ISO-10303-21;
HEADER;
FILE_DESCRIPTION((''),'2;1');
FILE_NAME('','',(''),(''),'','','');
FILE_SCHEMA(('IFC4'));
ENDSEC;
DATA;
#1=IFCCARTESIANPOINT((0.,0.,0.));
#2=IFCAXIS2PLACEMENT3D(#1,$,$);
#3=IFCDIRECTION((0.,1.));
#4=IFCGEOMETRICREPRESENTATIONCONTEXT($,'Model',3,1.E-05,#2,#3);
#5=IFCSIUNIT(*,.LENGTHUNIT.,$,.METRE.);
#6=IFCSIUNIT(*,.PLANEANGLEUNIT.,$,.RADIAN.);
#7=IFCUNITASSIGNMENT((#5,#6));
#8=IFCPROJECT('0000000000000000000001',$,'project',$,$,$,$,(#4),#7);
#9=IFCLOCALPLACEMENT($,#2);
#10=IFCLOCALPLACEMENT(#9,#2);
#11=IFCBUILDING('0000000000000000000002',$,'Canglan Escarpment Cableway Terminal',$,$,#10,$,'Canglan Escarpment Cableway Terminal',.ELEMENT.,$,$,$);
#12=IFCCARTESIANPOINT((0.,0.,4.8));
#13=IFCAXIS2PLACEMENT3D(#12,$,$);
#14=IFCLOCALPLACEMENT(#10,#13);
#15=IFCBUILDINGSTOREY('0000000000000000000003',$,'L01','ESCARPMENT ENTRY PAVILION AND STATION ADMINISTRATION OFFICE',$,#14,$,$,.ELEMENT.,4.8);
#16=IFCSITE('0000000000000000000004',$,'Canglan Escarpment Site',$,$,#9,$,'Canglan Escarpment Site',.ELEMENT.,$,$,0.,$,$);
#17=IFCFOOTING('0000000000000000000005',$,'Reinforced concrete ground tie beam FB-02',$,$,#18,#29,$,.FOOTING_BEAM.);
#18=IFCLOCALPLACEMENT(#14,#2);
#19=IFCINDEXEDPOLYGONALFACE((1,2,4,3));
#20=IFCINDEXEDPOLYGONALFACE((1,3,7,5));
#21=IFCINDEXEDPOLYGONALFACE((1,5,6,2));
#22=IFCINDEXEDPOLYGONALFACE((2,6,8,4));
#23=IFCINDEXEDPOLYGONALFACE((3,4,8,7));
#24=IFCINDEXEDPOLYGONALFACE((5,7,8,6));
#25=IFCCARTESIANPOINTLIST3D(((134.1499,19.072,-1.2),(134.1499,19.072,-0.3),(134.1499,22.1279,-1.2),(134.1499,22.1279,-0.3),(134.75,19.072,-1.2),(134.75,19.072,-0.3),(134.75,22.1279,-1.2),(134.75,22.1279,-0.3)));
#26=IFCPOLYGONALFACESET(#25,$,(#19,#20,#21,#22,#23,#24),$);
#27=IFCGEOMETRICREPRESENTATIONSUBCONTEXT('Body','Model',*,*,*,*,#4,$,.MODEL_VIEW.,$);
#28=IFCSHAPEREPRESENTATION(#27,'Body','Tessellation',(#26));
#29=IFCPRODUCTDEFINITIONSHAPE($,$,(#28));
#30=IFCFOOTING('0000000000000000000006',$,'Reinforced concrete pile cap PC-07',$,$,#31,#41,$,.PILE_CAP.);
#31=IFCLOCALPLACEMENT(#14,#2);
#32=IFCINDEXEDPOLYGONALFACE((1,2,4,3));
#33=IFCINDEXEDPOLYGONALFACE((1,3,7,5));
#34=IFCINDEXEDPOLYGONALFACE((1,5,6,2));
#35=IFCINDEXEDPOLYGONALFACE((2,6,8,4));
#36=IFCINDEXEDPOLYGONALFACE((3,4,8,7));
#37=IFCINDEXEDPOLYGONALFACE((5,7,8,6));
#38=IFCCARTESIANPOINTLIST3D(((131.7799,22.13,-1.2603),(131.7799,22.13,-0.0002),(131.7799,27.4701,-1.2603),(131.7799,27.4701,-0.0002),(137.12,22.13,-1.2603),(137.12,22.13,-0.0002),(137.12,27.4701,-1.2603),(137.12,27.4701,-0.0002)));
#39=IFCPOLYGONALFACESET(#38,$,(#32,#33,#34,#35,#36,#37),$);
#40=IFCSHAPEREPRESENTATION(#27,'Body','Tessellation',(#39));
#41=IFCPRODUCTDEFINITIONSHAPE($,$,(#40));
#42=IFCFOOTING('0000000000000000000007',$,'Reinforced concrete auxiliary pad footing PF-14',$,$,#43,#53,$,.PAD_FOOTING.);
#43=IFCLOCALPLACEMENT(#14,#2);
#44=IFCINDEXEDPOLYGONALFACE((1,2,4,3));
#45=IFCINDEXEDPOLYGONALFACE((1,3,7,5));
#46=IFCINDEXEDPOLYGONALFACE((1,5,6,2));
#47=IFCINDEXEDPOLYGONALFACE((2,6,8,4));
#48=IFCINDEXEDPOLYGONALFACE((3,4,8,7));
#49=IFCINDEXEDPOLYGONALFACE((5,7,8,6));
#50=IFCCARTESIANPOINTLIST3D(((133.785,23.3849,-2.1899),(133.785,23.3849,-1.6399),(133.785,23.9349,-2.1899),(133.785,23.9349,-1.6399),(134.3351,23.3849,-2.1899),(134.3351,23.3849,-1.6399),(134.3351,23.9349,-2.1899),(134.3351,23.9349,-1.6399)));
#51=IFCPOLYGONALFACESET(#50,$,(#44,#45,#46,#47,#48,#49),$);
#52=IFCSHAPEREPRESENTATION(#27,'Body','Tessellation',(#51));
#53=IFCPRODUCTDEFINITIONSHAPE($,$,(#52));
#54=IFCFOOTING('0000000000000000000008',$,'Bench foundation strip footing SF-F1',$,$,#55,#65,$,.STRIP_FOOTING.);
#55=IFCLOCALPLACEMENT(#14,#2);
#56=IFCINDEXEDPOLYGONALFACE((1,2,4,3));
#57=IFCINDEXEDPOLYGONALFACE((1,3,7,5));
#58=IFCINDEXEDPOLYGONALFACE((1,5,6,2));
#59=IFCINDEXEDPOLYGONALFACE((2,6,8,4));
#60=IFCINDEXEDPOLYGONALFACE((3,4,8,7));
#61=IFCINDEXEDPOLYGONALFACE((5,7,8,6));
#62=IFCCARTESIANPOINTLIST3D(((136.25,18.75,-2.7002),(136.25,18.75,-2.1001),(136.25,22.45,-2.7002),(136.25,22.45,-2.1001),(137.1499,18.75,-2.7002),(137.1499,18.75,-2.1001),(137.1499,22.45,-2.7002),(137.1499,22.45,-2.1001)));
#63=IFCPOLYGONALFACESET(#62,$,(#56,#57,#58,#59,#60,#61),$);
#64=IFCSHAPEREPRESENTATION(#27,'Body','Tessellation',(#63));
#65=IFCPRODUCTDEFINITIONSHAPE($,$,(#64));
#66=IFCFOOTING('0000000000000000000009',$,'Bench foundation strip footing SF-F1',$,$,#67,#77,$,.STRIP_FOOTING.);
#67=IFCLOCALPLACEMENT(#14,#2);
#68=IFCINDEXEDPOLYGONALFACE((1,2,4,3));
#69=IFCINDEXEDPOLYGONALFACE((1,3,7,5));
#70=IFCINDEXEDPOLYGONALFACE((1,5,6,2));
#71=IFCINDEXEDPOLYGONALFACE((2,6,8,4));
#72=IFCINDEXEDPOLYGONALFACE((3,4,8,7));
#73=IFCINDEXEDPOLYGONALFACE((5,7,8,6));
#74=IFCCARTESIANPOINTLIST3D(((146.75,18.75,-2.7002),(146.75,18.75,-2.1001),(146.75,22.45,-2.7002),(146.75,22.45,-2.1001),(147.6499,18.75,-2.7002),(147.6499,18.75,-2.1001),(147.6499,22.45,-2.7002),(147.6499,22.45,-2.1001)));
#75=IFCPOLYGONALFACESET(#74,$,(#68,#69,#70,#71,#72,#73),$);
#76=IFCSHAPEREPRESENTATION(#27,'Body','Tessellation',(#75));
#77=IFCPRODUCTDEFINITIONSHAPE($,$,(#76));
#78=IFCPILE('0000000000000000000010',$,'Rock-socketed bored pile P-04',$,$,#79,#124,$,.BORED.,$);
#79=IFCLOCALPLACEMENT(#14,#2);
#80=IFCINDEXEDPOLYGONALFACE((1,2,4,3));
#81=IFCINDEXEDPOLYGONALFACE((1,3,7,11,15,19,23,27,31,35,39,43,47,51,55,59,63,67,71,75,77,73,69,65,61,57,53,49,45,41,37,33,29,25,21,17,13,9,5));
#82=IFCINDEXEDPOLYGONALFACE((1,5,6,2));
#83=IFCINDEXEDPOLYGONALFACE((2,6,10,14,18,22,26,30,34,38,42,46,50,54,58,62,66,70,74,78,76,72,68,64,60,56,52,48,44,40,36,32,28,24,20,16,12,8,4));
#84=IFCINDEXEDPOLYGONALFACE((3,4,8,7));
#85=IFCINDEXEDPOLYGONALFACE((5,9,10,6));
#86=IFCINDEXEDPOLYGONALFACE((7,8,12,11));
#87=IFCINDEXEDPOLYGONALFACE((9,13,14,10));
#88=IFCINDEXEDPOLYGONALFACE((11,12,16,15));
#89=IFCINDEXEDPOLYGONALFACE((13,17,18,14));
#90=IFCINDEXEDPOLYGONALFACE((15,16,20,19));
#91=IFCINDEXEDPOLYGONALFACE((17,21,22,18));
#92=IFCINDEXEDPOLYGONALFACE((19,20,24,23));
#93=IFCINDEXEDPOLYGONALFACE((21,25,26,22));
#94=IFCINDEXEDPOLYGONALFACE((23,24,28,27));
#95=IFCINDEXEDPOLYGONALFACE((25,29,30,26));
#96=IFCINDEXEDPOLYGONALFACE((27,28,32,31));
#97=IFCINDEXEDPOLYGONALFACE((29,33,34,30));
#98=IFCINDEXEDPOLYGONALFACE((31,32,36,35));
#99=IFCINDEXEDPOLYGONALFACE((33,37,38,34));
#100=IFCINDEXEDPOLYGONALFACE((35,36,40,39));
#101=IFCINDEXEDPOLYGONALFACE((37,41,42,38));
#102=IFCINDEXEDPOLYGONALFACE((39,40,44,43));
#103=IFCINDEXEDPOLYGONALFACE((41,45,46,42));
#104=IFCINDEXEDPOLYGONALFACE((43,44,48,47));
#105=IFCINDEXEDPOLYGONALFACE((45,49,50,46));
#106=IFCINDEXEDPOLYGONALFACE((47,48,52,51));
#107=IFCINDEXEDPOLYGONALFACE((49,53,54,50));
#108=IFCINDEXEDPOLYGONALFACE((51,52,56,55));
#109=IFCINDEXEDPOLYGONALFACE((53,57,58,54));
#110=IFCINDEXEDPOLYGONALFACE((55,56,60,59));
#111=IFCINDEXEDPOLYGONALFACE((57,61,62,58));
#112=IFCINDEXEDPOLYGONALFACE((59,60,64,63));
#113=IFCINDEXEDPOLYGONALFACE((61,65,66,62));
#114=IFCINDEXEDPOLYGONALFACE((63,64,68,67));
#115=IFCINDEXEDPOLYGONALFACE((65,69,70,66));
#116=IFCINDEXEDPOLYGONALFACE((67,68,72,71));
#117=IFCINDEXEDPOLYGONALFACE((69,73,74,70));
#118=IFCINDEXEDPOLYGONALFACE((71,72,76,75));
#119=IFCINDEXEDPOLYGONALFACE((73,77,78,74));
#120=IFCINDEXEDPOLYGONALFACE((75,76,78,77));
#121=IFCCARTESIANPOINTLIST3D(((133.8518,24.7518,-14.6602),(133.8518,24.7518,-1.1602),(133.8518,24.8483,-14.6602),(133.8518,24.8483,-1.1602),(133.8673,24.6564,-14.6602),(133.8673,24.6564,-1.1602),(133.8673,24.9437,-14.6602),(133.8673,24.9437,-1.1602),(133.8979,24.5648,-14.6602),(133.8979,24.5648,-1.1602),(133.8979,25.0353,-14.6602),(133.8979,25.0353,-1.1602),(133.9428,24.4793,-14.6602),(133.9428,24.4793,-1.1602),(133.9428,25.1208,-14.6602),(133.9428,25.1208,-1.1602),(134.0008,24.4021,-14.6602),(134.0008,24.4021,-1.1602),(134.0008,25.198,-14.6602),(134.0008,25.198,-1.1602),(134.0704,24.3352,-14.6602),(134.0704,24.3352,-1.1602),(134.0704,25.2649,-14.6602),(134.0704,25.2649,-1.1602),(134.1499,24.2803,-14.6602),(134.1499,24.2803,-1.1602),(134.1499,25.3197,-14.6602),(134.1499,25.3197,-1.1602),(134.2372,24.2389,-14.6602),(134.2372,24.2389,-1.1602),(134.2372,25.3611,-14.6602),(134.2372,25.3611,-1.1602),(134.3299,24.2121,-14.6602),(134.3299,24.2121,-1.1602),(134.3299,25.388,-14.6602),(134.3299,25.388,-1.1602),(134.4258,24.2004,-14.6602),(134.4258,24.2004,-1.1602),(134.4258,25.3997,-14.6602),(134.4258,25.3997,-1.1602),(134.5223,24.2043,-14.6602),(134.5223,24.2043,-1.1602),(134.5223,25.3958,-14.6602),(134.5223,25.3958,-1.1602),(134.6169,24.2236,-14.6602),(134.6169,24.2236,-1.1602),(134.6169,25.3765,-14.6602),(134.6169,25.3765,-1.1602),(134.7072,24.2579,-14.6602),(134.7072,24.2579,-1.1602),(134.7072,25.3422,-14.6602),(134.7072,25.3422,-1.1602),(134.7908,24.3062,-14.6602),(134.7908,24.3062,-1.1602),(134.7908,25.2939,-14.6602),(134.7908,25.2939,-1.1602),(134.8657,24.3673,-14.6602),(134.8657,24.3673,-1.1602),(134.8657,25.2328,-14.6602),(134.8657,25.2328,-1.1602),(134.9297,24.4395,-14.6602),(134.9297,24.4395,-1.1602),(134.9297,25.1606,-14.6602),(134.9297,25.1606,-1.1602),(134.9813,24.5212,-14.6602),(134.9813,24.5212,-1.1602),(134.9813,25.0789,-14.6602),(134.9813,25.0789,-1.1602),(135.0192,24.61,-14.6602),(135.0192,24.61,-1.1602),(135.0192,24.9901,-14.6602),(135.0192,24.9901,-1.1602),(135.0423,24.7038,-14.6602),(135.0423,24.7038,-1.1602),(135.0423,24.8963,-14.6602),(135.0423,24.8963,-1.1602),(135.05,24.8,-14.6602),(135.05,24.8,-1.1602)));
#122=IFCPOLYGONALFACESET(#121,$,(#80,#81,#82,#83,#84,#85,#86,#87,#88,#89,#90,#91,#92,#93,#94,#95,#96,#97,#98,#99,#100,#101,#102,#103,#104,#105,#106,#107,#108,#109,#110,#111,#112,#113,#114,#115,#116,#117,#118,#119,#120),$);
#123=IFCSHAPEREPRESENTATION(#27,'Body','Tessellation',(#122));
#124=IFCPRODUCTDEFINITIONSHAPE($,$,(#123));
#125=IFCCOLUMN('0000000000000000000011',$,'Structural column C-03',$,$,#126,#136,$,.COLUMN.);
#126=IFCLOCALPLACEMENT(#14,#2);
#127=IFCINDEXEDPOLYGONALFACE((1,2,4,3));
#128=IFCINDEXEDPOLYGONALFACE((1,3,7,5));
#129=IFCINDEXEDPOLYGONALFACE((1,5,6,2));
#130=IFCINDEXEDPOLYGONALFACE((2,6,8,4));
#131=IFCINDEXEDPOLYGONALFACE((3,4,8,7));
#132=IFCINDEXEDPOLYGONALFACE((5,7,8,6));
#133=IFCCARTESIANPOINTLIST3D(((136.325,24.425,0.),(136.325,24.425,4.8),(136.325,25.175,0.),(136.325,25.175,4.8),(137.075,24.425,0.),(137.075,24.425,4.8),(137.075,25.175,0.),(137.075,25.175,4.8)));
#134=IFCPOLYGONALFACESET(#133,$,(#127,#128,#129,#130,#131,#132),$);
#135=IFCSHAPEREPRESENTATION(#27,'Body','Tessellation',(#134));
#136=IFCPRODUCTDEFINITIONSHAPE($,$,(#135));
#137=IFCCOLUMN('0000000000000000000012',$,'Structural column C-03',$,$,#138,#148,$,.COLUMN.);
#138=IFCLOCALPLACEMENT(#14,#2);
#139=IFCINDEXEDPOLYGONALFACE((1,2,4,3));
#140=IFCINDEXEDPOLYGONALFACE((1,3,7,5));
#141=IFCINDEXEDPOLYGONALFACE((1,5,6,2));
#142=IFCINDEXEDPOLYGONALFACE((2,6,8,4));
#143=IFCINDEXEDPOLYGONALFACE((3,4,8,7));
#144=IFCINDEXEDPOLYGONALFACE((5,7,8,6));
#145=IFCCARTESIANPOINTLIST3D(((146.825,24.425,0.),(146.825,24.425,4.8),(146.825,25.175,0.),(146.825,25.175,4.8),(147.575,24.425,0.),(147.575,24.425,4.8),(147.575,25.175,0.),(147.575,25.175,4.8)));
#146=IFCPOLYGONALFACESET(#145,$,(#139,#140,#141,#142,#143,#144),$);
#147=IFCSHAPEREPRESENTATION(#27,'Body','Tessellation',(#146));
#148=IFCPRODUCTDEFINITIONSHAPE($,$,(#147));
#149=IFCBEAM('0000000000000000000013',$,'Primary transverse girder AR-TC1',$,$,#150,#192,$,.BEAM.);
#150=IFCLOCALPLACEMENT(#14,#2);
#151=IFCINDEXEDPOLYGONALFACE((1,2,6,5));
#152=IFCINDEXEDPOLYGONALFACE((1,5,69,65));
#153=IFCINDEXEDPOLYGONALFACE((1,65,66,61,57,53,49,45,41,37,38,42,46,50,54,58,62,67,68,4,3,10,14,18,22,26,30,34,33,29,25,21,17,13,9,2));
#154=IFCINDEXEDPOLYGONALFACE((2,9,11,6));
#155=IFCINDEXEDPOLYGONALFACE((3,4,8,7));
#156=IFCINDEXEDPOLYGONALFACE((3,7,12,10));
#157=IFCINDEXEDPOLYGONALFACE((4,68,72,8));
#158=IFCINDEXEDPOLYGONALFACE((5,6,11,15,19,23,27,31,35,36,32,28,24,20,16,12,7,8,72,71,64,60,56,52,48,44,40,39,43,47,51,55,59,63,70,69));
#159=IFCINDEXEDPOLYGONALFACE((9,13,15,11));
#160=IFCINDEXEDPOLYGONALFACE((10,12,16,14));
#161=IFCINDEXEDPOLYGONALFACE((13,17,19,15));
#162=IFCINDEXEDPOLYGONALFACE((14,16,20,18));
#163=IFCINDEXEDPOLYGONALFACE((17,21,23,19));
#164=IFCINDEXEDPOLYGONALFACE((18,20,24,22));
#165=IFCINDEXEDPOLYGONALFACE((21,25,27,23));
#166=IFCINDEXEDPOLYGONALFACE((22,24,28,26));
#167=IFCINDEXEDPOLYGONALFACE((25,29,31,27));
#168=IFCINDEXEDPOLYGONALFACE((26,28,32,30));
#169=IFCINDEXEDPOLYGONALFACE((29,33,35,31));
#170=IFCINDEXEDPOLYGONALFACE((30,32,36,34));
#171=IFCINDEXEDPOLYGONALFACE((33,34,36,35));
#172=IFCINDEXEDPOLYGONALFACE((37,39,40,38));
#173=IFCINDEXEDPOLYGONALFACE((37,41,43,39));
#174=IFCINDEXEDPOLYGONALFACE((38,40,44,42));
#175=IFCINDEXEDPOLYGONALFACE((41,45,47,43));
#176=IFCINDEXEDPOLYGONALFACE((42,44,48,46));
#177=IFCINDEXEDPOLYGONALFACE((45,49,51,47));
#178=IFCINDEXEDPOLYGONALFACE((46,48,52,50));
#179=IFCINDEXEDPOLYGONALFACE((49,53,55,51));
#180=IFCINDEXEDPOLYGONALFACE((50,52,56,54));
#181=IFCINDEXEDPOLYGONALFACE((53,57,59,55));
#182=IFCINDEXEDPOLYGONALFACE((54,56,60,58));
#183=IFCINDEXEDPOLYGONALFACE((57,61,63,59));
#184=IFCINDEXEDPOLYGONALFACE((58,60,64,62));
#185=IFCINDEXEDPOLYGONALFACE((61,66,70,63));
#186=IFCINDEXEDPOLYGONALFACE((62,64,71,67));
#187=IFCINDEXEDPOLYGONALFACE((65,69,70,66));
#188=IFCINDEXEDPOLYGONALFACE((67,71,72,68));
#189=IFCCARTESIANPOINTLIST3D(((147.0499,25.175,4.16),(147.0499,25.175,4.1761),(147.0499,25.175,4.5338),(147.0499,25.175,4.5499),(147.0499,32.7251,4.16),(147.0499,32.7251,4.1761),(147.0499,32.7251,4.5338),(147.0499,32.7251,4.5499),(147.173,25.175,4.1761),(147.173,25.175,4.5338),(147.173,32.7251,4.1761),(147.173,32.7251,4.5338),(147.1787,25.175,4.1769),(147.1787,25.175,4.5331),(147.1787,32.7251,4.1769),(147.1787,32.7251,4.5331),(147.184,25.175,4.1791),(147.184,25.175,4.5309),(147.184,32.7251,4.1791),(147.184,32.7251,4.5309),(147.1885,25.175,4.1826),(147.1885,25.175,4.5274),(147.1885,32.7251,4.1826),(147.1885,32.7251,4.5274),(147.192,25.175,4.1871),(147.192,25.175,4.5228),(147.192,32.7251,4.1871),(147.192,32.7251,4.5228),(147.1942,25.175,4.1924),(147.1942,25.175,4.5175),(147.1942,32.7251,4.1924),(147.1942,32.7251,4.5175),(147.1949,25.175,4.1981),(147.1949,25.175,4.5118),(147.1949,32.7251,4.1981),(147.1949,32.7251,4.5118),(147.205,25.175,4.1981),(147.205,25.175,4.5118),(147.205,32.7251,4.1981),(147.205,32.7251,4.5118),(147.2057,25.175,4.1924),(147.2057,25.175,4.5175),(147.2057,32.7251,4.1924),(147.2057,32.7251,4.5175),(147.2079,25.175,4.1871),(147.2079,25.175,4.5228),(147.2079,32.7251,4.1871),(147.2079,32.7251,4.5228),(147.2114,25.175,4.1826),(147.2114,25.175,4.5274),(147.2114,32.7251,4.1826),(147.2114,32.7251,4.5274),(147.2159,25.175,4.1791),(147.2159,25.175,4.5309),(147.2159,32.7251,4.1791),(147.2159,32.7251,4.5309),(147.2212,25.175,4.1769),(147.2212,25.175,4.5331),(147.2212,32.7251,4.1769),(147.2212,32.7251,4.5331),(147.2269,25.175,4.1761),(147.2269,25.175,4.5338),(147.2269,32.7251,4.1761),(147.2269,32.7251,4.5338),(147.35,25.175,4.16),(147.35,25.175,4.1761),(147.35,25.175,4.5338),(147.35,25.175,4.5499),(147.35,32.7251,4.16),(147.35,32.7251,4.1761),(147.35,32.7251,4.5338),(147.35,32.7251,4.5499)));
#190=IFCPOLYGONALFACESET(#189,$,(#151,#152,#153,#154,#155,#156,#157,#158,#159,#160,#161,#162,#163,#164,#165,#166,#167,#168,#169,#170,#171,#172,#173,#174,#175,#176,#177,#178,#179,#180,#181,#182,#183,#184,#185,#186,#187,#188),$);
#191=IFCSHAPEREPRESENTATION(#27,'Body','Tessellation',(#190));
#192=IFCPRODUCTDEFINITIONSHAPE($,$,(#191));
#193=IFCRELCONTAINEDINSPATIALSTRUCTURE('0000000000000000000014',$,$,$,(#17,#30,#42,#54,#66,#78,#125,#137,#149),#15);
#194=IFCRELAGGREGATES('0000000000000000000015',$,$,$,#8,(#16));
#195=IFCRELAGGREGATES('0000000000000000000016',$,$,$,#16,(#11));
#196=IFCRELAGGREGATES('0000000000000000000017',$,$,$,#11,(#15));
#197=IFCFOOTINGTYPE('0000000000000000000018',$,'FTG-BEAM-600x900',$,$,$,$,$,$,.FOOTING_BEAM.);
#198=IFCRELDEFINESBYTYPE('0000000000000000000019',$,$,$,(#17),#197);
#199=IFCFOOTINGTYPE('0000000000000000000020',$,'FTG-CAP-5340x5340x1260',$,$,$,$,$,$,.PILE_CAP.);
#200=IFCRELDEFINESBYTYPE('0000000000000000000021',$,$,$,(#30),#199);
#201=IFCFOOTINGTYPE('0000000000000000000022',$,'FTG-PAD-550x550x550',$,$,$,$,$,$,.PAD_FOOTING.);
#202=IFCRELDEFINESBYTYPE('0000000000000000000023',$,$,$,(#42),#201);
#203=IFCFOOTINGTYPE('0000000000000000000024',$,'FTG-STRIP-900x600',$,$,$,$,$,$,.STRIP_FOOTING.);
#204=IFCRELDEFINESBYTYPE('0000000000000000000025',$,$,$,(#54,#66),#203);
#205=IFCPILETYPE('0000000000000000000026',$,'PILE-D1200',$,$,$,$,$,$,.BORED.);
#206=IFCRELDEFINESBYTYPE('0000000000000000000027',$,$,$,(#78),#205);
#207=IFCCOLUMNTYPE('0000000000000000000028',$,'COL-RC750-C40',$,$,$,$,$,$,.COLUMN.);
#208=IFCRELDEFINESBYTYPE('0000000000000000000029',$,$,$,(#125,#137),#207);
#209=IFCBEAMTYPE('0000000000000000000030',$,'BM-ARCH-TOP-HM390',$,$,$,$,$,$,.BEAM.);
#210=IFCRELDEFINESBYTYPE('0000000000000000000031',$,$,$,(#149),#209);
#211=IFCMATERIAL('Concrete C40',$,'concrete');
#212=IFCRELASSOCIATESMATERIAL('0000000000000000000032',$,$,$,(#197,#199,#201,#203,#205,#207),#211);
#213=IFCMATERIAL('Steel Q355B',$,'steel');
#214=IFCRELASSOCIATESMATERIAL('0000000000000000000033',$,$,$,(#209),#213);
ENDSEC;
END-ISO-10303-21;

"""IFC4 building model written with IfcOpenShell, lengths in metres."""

from ifc_helpers import new_model, si_unit, direction, frame, origin, origin_2d, place, context, subcontext, project, spatial, rectangle, circle, i_section, extrude, material, material_profile, profile_set, type_object, element, save


model = new_model("IFC4")

# Units and contexts
model_context = context("Model", 3, precision=1e-05, world=origin(), true_north=direction((0.0, 1.0)))
body_context = subcontext(model_context, "Body", "Model", "MODEL_VIEW")
ifc_project = project(units=[si_unit("LENGTHUNIT", "METRE"), si_unit("PLANEANGLEUNIT", "RADIAN")], contexts=[model_context])

# Site, building, storey
site_placement = place(None, origin())
site = spatial("IfcSite", under=ifc_project, at=site_placement, Name="Canglan Escarpment Site", LongName="Canglan Escarpment Site", CompositionType="ELEMENT", RefElevation=0.0)
building_placement = place(site_placement, origin())
building = spatial("IfcBuilding", under=site, at=building_placement, Name="Canglan Escarpment Cableway Terminal", LongName="Canglan Escarpment Cableway Terminal", CompositionType="ELEMENT")
storey_placement = place(building_placement, frame((0.0, 0.0, 4.8)))
storey = spatial("IfcBuildingStorey", under=building, at=storey_placement, Name="L01", Description="ESCARPMENT ENTRY PAVILION AND STATION ADMINISTRATION OFFICE", CompositionType="ELEMENT", Elevation=4.8)

# Footings
ifc_material_1 = material(Name="Concrete C40", Category="concrete")
ifc_material_profile_1 = material_profile(ifc_material_1, rectangle(XDim=0.6001, YDim=0.8999, at=origin_2d()), Name="FB 600x900")
ifc_profile_set_1 = profile_set([ifc_material_profile_1], Name="Concrete C40")
footing_type_1 = type_object("IfcFootingType", Name="FTG-BEAM-600x900", PredefinedType="FOOTING_BEAM", material=ifc_profile_set_1)
footing_1_placement = place(storey_placement, frame((134.45, 19.072, -0.75), z_axis=(0.0, 1.0, 0.0), x_axis=(-1.0, 0.0, 0.0)))
element("IfcFooting", 1, at=footing_1_placement, inside=storey, type_object=footing_type_1, Name="Reinforced concrete ground tie beam FB-02", PredefinedType="FOOTING_BEAM", context=body_context, shape_type="SweptSolid", body=[
    extrude(rectangle(XDim=0.6001, YDim=0.8999, at=origin_2d()), origin(), (0.0, 0.0, 1.0), 3.0559),
])
footing_type_2 = type_object("IfcFootingType", Name="FTG-CAP-5340x5340x1260", PredefinedType="PILE_CAP", material=ifc_material_1)
footing_2_placement = place(storey_placement, frame((134.45, 24.8, -1.2603), z_axis=(0.0, 0.0, 1.0), x_axis=(1.0, 0.0, 0.0)))
element("IfcFooting", 2, at=footing_2_placement, inside=storey, type_object=footing_type_2, Name="Reinforced concrete pile cap PC-07", PredefinedType="PILE_CAP", context=body_context, shape_type="SweptSolid", body=[
    extrude(rectangle(XDim=5.3401, YDim=5.3401, at=origin_2d()), origin(), (0.0, 0.0, 1.0), 1.26),
])
footing_type_3 = type_object("IfcFootingType", Name="FTG-PAD-550x550x550", PredefinedType="PAD_FOOTING", material=ifc_material_1)
footing_3_placement = place(storey_placement, frame((134.0601, 23.6599, -2.1899), z_axis=(0.0, 0.0, 1.0), x_axis=(1.0, 0.0, 0.0)))
element("IfcFooting", 3, at=footing_3_placement, inside=storey, type_object=footing_type_3, Name="Reinforced concrete auxiliary pad footing PF-14", PredefinedType="PAD_FOOTING", context=body_context, shape_type="SweptSolid", body=[
    extrude(rectangle(XDim=0.55, YDim=0.55, at=origin_2d()), origin(), (0.0, 0.0, 1.0), 0.55),
])
ifc_material_profile_2 = material_profile(ifc_material_1, rectangle(XDim=0.8999, YDim=0.6001, at=origin_2d()), Name="SF 900x600")
ifc_profile_set_2 = profile_set([ifc_material_profile_2], Name="Concrete C40")
footing_type_4 = type_object("IfcFootingType", Name="FTG-STRIP-900x600", PredefinedType="STRIP_FOOTING", material=ifc_profile_set_2)
for number, where, z_axis, x_axis, name in (
    (4, (136.7, 18.75, -2.4001), (0.0, 1.0, 0.0), (-1.0, 0.0, 0.0), "Bench foundation strip footing SF-F1"),
    (5, (147.2, 18.75, -2.4001), (0.0, 1.0, 0.0), (-1.0, 0.0, 0.0), "Bench foundation strip footing SF-F1"),
):
    element("IfcFooting", number, at=place(storey_placement, frame(where, z_axis=z_axis, x_axis=x_axis)), inside=storey, type_object=footing_type_4, Name=name, PredefinedType="STRIP_FOOTING", context=body_context, shape_type="SweptSolid", body=[
        extrude(rectangle(XDim=0.8999, YDim=0.6001, at=origin_2d()), origin(), (0.0, 0.0, 1.0), 3.7),
    ])

# Pile
ifc_material_profile_3 = material_profile(ifc_material_1, circle(Radius=0.6001, at=origin_2d()), Name="BORED PILE D1200")
ifc_profile_set_3 = profile_set([ifc_material_profile_3], Name="Concrete C40")
pile_type = type_object("IfcPileType", Name="PILE-D1200", PredefinedType="BORED", material=ifc_profile_set_3)
pile_placement = place(storey_placement, frame((134.45, 24.8, -1.1602), z_axis=(0.0, 0.0, -1.0), x_axis=(1.0, 0.0, 0.0)))
element("IfcPile", 6, at=pile_placement, inside=storey, type_object=pile_type, Name="Rock-socketed bored pile P-04", PredefinedType="BORED", context=body_context, shape_type="SweptSolid", body=[
    extrude(circle(Radius=0.6001, at=origin_2d()), origin(), (0.0, 0.0, 1.0), 13.5),
])

# Columns
ifc_material_profile_4 = material_profile(ifc_material_1, rectangle(XDim=0.75, YDim=0.75, at=origin_2d()), Name="RC 750x750")
ifc_profile_set_4 = profile_set([ifc_material_profile_4], Name="Concrete C40")
column_type = type_object("IfcColumnType", Name="COL-RC750-C40", PredefinedType="COLUMN", material=ifc_profile_set_4)
for number, where, z_axis, x_axis, name in (
    (7, (136.7, 24.8, 0.0), (0.0, 0.0, 1.0), (1.0, 0.0, 0.0), "Structural column C-03"),
    (8, (147.2, 24.8, 0.0), (0.0, 0.0, 1.0), (1.0, 0.0, 0.0), "Structural column C-03"),
):
    element("IfcColumn", number, at=place(storey_placement, frame(where, z_axis=z_axis, x_axis=x_axis)), inside=storey, type_object=column_type, Name=name, PredefinedType="COLUMN", context=body_context, shape_type="SweptSolid", body=[
        extrude(rectangle(XDim=0.75, YDim=0.75, at=origin_2d()), origin(), (0.0, 0.0, 1.0), 4.8),
    ])

# Beam
ifc_material_2 = material(Name="Steel Q355B", Category="steel")
ifc_material_profile_5 = material_profile(ifc_material_2, i_section(OverallWidth=0.3, OverallDepth=0.3899, WebThickness=0.01, FlangeThickness=0.0161, FilletRadius=0.022, at=origin_2d()), Name="HM 390x300x10x16")
ifc_profile_set_5 = profile_set([ifc_material_profile_5], Name="Steel Q355B")
beam_type_1 = type_object("IfcBeamType", Name="BM-ARCH-TOP-HM390", PredefinedType="BEAM", material=ifc_profile_set_5)
beam_1_placement = place(storey_placement, frame((147.2, 25.175, 4.355), z_axis=(0.0, 1.0, 0.0), x_axis=(-1.0, 0.0, 0.0)))
element("IfcBeam", 9, at=beam_1_placement, inside=storey, type_object=beam_type_1, Name="Primary transverse girder AR-TC1", PredefinedType="BEAM", context=body_context, shape_type="SweptSolid", body=[
    extrude(i_section(OverallWidth=0.3, OverallDepth=0.3899, WebThickness=0.01, FlangeThickness=0.0161, FilletRadius=0.022, at=origin_2d()), origin(), (0.0, 0.0, 1.0), 7.55),
])

save(model, "model.ifc")
